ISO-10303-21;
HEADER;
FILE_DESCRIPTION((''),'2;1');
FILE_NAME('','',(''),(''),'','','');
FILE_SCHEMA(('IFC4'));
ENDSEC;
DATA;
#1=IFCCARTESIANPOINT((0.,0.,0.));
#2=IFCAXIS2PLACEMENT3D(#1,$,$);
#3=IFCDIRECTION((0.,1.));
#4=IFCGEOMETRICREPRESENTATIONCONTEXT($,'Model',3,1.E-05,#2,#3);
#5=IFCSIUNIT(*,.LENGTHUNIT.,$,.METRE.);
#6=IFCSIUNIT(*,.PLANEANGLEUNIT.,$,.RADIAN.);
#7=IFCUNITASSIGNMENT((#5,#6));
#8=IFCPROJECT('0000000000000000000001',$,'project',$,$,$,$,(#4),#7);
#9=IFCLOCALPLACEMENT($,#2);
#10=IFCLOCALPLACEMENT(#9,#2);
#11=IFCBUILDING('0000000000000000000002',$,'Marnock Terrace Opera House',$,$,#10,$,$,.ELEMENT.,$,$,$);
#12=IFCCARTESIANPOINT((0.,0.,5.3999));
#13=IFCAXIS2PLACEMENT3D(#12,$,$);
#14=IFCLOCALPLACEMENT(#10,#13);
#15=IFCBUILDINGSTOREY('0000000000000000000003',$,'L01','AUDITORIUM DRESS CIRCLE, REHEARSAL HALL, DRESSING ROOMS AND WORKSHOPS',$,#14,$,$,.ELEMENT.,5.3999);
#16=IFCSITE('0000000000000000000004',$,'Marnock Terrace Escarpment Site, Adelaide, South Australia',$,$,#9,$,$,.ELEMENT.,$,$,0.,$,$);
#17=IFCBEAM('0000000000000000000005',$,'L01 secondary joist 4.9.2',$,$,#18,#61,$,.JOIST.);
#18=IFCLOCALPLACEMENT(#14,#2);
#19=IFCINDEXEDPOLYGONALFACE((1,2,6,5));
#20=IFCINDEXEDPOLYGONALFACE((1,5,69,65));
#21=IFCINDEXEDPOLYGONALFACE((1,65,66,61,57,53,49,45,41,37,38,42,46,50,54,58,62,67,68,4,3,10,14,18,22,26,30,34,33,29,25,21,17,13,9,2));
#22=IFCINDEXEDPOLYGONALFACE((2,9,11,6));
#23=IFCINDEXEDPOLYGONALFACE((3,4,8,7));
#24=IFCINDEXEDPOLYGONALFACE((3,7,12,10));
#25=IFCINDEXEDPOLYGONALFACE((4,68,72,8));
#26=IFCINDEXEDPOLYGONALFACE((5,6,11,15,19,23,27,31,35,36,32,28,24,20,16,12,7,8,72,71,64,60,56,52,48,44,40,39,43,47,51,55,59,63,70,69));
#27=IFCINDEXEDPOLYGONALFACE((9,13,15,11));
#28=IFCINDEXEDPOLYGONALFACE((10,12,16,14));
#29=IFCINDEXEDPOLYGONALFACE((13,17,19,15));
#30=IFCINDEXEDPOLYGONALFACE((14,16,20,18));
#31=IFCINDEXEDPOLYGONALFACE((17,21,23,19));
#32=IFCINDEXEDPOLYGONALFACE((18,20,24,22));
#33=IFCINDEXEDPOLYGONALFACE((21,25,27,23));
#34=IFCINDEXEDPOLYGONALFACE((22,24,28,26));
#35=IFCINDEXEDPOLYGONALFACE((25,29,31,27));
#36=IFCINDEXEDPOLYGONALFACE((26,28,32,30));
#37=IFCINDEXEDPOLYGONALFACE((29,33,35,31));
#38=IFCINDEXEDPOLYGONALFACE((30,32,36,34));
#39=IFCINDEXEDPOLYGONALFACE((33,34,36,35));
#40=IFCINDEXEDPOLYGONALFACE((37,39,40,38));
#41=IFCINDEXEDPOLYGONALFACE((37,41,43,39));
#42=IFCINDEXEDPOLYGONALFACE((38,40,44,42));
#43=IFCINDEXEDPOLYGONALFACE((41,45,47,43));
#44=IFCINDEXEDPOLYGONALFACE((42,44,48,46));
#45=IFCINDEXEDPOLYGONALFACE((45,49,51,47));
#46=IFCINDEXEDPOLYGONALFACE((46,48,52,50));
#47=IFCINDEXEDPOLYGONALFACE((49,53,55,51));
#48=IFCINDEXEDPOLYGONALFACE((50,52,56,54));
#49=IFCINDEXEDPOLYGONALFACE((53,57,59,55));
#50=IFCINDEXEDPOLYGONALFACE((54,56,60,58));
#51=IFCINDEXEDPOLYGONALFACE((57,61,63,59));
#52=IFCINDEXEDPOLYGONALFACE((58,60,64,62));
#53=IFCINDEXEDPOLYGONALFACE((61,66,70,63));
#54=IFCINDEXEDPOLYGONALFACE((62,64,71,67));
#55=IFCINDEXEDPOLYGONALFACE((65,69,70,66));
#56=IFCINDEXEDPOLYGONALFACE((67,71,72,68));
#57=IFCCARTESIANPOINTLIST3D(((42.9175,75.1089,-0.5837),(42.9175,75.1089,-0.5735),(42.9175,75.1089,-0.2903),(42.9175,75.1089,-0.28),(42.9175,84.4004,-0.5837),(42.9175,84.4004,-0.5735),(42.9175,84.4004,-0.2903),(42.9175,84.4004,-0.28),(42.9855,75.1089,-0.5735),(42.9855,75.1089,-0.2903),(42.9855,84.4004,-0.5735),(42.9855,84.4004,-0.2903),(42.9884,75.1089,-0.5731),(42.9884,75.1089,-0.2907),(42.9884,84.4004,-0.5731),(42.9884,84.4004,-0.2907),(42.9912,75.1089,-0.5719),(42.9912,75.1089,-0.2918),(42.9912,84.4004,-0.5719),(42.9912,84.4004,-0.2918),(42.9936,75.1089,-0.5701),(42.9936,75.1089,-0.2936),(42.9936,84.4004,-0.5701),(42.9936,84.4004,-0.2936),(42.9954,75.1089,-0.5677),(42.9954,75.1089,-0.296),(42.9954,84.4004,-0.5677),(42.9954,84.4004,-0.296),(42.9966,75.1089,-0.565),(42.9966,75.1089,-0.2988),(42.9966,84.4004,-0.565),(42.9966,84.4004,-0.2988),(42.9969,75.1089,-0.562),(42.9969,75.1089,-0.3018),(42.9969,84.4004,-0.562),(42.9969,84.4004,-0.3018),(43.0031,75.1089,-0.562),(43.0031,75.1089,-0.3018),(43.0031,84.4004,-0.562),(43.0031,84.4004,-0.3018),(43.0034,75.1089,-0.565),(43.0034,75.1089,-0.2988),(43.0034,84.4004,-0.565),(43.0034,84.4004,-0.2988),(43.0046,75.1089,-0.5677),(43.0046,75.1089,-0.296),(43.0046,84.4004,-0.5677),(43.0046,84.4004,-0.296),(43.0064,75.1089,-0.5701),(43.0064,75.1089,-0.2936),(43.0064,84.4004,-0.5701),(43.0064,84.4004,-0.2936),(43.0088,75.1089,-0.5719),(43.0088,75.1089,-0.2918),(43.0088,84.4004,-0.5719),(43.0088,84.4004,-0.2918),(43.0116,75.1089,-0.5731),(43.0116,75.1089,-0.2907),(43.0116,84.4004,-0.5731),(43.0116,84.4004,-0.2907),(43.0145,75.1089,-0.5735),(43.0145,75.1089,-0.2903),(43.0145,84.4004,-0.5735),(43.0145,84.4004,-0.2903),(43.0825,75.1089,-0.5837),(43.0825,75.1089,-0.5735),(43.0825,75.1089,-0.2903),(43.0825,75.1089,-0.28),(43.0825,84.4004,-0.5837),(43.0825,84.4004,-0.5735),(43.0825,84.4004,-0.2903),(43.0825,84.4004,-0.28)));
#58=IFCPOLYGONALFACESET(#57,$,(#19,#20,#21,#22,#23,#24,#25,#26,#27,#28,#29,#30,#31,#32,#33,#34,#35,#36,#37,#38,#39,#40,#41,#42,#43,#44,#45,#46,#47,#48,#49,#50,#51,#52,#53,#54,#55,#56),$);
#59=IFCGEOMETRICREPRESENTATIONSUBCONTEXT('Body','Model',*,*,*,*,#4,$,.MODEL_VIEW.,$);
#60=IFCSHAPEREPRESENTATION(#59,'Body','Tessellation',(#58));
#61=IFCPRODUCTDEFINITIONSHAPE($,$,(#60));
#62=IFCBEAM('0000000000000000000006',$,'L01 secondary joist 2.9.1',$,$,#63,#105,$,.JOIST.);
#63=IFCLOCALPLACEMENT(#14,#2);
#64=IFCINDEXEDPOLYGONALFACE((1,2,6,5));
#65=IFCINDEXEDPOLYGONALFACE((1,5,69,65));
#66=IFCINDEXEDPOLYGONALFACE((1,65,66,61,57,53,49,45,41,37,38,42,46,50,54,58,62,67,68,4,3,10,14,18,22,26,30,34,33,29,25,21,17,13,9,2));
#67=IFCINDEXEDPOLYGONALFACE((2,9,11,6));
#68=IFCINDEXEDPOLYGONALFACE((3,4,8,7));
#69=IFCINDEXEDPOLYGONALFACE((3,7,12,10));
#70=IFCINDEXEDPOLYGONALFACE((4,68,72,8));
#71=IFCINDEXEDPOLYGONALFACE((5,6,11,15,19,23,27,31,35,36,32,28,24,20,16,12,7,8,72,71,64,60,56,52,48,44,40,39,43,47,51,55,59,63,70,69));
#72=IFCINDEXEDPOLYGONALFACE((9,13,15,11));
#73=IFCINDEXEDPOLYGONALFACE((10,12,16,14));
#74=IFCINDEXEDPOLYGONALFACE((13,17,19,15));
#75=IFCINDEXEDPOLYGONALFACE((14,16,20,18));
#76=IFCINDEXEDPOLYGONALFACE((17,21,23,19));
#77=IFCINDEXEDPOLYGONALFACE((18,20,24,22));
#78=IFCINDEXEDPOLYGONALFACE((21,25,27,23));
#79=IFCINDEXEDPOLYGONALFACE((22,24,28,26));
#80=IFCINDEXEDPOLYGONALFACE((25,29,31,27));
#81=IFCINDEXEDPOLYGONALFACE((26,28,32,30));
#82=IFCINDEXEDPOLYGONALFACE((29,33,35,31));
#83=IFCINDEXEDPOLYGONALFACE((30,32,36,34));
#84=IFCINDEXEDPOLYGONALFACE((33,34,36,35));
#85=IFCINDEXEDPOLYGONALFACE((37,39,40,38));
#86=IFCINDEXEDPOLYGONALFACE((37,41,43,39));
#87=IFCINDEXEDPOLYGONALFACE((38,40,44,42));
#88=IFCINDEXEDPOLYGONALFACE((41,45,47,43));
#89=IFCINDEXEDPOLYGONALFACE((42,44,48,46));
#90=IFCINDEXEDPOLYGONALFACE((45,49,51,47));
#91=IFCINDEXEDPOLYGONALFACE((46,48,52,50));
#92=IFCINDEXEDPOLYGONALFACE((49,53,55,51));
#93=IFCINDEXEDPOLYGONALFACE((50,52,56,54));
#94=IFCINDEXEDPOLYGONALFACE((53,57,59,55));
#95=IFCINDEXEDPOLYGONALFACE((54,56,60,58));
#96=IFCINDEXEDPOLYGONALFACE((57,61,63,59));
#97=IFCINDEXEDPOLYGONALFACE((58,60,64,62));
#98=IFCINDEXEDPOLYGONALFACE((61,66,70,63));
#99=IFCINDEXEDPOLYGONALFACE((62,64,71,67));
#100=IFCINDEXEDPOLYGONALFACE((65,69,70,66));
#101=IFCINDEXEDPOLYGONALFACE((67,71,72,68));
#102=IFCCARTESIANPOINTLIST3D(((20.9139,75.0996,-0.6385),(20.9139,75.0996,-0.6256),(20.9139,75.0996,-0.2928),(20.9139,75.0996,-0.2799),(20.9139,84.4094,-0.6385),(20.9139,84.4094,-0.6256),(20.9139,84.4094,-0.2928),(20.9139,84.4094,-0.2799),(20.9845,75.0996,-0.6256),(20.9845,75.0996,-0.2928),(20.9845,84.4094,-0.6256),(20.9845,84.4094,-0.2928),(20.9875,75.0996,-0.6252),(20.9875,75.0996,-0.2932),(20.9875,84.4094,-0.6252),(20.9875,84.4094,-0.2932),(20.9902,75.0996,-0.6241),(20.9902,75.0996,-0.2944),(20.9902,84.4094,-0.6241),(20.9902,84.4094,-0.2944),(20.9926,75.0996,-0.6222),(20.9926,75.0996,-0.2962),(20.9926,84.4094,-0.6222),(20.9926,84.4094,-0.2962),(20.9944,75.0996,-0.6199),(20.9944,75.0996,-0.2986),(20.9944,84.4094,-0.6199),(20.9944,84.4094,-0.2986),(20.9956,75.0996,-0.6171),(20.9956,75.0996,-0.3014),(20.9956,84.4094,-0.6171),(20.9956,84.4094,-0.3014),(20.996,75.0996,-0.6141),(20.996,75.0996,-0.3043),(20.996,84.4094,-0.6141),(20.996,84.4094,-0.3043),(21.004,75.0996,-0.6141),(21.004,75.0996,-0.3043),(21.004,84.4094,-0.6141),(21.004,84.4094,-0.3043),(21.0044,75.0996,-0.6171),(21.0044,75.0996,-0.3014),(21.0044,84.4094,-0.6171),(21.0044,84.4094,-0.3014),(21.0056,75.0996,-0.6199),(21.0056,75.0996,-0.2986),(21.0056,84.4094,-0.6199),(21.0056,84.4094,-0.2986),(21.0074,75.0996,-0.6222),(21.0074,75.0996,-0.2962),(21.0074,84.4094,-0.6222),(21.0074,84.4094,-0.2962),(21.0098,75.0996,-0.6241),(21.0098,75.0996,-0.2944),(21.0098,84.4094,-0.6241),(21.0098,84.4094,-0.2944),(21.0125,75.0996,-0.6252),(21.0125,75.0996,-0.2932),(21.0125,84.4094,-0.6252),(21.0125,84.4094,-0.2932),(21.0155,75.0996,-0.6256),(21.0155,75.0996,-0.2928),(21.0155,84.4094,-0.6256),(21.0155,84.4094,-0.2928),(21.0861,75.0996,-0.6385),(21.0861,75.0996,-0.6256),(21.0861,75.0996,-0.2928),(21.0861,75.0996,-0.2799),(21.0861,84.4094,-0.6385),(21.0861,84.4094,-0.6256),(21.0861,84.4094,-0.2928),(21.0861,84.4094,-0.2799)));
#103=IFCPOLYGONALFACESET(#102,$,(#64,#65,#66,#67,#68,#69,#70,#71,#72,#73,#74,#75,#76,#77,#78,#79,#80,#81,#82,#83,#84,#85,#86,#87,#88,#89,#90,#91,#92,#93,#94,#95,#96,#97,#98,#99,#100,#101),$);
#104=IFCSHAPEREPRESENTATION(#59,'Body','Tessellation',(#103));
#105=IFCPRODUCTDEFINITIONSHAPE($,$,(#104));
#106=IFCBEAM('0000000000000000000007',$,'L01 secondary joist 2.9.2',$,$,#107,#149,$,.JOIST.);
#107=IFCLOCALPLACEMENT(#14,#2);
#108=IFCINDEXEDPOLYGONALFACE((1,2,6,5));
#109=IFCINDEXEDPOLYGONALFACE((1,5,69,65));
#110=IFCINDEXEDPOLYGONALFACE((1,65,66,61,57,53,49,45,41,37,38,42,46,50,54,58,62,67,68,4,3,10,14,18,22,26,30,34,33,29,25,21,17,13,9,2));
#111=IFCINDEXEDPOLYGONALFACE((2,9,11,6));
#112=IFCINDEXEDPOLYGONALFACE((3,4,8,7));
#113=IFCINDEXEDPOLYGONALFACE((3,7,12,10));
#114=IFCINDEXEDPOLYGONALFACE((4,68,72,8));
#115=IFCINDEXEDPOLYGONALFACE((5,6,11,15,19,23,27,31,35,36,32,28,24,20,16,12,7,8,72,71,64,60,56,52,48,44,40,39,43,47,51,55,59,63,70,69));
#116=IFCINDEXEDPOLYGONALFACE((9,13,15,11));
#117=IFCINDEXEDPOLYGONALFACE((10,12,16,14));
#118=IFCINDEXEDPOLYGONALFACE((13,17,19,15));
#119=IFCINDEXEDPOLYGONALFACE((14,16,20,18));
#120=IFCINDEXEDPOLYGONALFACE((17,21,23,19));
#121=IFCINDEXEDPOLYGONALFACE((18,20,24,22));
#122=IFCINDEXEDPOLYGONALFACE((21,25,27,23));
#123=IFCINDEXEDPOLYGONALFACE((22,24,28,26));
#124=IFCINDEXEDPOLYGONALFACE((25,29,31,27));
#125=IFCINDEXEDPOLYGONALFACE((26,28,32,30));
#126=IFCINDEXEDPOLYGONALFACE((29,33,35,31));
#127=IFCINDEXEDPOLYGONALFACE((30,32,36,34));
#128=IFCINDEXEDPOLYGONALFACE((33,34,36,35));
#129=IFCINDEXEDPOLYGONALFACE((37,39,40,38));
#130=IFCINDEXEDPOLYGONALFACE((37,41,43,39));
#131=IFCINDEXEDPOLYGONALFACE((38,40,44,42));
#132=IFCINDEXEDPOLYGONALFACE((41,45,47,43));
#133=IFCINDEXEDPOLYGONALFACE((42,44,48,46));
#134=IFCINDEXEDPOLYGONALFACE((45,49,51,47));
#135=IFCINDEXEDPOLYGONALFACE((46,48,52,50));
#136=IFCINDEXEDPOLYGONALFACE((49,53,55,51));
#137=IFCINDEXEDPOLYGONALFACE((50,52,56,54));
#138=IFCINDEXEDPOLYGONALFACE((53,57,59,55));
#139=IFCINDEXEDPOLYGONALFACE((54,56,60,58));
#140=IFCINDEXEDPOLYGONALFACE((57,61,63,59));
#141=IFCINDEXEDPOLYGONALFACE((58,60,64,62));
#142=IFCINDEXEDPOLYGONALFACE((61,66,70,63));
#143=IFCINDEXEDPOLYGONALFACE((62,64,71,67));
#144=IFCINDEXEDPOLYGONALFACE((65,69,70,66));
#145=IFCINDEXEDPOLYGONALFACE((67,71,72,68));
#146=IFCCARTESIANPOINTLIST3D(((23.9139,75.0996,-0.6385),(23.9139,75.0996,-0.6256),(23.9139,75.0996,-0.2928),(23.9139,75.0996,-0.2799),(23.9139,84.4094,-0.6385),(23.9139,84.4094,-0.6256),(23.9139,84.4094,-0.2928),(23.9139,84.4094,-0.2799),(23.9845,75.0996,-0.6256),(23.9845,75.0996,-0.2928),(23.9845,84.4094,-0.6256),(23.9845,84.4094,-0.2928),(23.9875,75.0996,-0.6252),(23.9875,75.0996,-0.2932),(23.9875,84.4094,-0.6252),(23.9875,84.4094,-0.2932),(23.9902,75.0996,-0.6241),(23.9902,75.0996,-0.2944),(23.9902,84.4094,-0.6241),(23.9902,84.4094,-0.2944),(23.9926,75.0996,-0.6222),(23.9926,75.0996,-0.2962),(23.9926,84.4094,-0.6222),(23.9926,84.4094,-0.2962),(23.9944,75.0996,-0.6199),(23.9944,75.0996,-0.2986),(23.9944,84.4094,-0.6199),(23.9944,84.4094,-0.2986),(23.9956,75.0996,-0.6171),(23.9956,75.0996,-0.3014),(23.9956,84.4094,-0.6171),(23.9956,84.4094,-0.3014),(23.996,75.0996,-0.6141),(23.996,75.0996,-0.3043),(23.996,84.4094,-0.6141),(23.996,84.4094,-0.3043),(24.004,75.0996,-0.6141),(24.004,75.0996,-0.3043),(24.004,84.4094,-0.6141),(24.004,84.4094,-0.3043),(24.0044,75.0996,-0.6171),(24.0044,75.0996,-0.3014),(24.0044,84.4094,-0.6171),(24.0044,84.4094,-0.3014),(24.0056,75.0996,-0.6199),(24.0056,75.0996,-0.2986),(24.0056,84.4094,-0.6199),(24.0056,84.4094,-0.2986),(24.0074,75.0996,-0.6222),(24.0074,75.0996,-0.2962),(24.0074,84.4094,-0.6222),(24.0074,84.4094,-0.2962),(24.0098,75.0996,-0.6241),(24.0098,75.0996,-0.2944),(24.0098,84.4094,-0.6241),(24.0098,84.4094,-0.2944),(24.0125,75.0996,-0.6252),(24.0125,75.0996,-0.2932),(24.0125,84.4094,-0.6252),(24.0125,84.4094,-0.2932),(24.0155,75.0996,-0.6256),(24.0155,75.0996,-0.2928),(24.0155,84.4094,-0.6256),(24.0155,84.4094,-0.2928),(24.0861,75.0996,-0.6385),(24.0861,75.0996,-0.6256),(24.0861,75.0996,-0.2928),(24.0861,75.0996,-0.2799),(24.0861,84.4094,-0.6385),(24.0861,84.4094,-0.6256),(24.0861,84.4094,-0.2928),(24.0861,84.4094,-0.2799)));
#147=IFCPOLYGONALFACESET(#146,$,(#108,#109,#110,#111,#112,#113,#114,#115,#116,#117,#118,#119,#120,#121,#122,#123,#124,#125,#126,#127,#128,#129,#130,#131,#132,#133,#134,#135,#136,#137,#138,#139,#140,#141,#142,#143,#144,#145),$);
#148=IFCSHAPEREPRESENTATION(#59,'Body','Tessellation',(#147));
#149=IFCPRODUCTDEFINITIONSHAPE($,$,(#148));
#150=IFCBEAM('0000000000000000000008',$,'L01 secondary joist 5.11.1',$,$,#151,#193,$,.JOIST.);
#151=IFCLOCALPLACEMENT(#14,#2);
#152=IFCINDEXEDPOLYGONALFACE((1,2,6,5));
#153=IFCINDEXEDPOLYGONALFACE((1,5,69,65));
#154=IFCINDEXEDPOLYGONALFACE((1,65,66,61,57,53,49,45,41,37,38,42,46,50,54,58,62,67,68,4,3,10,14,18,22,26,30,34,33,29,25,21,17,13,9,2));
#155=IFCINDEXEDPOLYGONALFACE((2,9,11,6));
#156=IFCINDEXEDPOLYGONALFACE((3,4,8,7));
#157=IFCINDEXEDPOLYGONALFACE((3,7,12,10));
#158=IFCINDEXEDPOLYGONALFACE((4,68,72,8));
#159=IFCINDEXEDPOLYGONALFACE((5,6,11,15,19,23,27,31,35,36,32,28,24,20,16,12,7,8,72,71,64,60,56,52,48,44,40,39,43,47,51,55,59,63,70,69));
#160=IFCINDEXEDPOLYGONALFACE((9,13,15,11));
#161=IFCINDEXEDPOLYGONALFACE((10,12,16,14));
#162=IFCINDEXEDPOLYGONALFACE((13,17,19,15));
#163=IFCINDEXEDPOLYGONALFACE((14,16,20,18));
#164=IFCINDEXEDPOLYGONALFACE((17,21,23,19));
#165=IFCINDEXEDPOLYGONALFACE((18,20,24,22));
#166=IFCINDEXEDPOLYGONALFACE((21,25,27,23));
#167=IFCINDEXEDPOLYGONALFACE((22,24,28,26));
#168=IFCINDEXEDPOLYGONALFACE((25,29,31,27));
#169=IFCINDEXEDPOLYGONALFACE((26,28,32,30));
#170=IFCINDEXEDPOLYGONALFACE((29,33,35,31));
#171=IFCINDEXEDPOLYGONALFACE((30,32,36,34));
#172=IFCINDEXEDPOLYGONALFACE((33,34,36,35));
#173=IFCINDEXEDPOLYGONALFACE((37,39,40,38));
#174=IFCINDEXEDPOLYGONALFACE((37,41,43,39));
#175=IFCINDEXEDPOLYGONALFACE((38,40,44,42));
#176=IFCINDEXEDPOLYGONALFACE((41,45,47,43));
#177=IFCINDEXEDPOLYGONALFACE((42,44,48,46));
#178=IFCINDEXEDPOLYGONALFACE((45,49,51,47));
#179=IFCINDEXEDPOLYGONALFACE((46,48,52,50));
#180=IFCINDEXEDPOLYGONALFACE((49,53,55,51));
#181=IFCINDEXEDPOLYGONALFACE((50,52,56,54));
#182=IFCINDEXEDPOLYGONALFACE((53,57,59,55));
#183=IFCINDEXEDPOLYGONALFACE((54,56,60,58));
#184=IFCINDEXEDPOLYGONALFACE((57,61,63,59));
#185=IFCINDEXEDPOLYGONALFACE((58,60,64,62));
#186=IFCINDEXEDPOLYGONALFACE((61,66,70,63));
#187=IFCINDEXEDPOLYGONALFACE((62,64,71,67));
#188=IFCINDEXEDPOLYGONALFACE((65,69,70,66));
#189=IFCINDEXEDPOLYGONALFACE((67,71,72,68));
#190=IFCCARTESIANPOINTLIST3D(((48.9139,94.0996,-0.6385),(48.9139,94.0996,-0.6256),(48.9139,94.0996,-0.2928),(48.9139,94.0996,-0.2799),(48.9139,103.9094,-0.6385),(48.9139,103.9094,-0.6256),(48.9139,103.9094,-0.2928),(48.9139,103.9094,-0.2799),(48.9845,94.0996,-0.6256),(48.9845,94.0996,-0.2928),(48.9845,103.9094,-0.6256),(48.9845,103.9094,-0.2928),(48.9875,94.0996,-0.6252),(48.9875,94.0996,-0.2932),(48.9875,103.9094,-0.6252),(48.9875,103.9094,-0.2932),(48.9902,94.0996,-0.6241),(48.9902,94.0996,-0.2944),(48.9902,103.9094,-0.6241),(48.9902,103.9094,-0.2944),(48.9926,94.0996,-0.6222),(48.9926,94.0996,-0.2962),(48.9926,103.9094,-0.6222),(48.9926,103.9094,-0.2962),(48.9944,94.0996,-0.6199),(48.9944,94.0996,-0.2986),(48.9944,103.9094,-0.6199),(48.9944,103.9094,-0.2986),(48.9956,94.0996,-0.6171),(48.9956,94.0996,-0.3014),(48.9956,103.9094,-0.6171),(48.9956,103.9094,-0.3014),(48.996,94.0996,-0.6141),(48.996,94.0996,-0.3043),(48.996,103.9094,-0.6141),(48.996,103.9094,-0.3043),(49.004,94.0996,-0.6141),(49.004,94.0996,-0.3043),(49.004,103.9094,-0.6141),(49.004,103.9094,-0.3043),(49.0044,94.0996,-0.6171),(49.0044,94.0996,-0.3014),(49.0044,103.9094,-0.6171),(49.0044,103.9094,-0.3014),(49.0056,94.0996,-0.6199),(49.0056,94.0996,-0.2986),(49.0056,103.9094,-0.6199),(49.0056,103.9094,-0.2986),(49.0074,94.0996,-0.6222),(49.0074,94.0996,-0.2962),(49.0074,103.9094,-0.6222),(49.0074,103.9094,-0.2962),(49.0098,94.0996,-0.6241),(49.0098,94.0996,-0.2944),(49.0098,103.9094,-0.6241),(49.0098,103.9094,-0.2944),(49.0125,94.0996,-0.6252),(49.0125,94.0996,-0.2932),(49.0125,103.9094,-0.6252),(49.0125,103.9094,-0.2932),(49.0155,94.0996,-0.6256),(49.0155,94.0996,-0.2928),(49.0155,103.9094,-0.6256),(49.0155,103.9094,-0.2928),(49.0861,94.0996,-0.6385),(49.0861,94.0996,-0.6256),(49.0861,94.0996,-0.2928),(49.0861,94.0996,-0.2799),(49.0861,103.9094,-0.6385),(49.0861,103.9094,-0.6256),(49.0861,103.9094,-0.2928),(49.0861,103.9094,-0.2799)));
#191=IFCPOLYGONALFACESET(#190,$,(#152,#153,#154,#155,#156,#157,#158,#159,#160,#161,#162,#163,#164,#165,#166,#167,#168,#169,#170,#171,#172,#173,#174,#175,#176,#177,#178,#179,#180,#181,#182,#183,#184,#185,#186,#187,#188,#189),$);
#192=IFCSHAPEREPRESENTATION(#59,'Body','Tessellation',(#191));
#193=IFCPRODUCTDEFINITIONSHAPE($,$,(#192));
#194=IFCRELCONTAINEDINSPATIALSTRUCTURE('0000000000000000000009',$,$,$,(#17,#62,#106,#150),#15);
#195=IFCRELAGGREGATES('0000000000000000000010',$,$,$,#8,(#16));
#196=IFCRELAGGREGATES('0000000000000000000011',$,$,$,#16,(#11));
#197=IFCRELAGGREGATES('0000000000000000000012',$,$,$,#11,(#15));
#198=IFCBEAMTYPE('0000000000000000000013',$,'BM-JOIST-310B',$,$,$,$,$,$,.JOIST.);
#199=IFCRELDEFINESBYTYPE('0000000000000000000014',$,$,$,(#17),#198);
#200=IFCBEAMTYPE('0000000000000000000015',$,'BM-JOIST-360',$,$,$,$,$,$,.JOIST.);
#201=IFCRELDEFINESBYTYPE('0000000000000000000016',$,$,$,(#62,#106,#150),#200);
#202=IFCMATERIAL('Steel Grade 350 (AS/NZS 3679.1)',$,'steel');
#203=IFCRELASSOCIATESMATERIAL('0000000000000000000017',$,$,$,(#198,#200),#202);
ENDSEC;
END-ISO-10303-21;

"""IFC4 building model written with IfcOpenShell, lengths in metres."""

from ifc_helpers import new_model, si_unit, direction, frame, origin, origin_2d, place, context, subcontext, project, spatial, i_section, extrude, material, material_profile, profile_set, type_object, element, save


model = new_model("IFC4")

# Units and contexts
model_context = context("Model", 3, precision=1e-05, world=origin(), true_north=direction((0.0, 1.0)))
body_context = subcontext(model_context, "Body", "Model", "MODEL_VIEW")
ifc_project = project(units=[si_unit("LENGTHUNIT", "METRE"), si_unit("PLANEANGLEUNIT", "RADIAN")], contexts=[model_context])

# Site, building, storey
site_placement = place(None, origin())
site = spatial("IfcSite", under=ifc_project, at=site_placement, Name="Marnock Terrace Escarpment Site, Adelaide, South Australia", CompositionType="ELEMENT", RefElevation=0.0)
building_placement = place(site_placement, origin())
building = spatial("IfcBuilding", under=site, at=building_placement, Name="Marnock Terrace Opera House", CompositionType="ELEMENT")
storey_placement = place(building_placement, frame((0.0, 0.0, 5.3999)))
storey = spatial("IfcBuildingStorey", under=building, at=storey_placement, Name="L01", Description="AUDITORIUM DRESS CIRCLE, REHEARSAL HALL, DRESSING ROOMS AND WORKSHOPS", CompositionType="ELEMENT", Elevation=5.3999)

# Shared definitions
ifc_material_1 = material(Name="Steel Grade 350 (AS/NZS 3679.1)", Category="steel")

# Beams
ifc_material_profile_1 = material_profile(ifc_material_1, i_section(OverallWidth=0.165, OverallDepth=0.3037, WebThickness=0.0061, FlangeThickness=0.0103, FilletRadius=0.0115, at=origin_2d()))
ifc_profile_set_1 = profile_set([ifc_material_profile_1], Name="Steel Grade 350 (AS/NZS 3679.1)")
beam_type_1 = type_object("IfcBeamType", Name="BM-JOIST-310B", PredefinedType="JOIST", material=ifc_profile_set_1)
for number, where, z_axis, x_axis, name in (
    (1, (43.0, 75.1089, -0.4319), (0.0, 1.0, 0.0), (-1.0, 0.0, 0.0), "L01 secondary joist 4.9.2"),
):
    element("IfcBeam", number, at=place(storey_placement, frame(where, z_axis=z_axis, x_axis=x_axis)), inside=storey, type_object=beam_type_1, Name=name, PredefinedType="JOIST", context=body_context, shape_type="SweptSolid", body=[
        extrude(i_section(OverallWidth=0.165, OverallDepth=0.3037, WebThickness=0.0061, FlangeThickness=0.0103, FilletRadius=0.0115, at=origin_2d()), origin(), (0.0, 0.0, 1.0), 9.2915),
    ])
ifc_material_profile_2 = material_profile(ifc_material_1, i_section(OverallWidth=0.1721, OverallDepth=0.3586, WebThickness=0.0081, FlangeThickness=0.0129, FilletRadius=0.0115, at=origin_2d()))
ifc_profile_set_2 = profile_set([ifc_material_profile_2], Name="Steel Grade 350 (AS/NZS 3679.1)")
beam_type_2 = type_object("IfcBeamType", Name="BM-JOIST-360", PredefinedType="JOIST", material=ifc_profile_set_2)
for number, where, z_axis, x_axis, name in (
    (2, (21.0, 75.0996, -0.4592), (0.0, 1.0, 0.0), (-1.0, 0.0, 0.0), "L01 secondary joist 2.9.1"),
    (3, (24.0, 75.0996, -0.4592), (0.0, 1.0, 0.0), (-1.0, 0.0, 0.0), "L01 secondary joist 2.9.2"),
):
    element("IfcBeam", number, at=place(storey_placement, frame(where, z_axis=z_axis, x_axis=x_axis)), inside=storey, type_object=beam_type_2, Name=name, PredefinedType="JOIST", context=body_context, shape_type="SweptSolid", body=[
        extrude(i_section(OverallWidth=0.1721, OverallDepth=0.3586, WebThickness=0.0081, FlangeThickness=0.0129, FilletRadius=0.0115, at=origin_2d()), origin(), (0.0, 0.0, 1.0), 9.3098),
    ])
for number, where, z_axis, x_axis, name in (
    (4, (49.0, 94.0996, -0.4592), (0.0, 1.0, 0.0), (-1.0, 0.0, 0.0), "L01 secondary joist 5.11.1"),
):
    element("IfcBeam", number, at=place(storey_placement, frame(where, z_axis=z_axis, x_axis=x_axis)), inside=storey, type_object=beam_type_2, Name=name, PredefinedType="JOIST", context=body_context, shape_type="SweptSolid", body=[
        extrude(i_section(OverallWidth=0.1721, OverallDepth=0.3586, WebThickness=0.0081, FlangeThickness=0.0129, FilletRadius=0.0115, at=origin_2d()), origin(), (0.0, 0.0, 1.0), 9.8098),
    ])

save(model, "model.ifc")
